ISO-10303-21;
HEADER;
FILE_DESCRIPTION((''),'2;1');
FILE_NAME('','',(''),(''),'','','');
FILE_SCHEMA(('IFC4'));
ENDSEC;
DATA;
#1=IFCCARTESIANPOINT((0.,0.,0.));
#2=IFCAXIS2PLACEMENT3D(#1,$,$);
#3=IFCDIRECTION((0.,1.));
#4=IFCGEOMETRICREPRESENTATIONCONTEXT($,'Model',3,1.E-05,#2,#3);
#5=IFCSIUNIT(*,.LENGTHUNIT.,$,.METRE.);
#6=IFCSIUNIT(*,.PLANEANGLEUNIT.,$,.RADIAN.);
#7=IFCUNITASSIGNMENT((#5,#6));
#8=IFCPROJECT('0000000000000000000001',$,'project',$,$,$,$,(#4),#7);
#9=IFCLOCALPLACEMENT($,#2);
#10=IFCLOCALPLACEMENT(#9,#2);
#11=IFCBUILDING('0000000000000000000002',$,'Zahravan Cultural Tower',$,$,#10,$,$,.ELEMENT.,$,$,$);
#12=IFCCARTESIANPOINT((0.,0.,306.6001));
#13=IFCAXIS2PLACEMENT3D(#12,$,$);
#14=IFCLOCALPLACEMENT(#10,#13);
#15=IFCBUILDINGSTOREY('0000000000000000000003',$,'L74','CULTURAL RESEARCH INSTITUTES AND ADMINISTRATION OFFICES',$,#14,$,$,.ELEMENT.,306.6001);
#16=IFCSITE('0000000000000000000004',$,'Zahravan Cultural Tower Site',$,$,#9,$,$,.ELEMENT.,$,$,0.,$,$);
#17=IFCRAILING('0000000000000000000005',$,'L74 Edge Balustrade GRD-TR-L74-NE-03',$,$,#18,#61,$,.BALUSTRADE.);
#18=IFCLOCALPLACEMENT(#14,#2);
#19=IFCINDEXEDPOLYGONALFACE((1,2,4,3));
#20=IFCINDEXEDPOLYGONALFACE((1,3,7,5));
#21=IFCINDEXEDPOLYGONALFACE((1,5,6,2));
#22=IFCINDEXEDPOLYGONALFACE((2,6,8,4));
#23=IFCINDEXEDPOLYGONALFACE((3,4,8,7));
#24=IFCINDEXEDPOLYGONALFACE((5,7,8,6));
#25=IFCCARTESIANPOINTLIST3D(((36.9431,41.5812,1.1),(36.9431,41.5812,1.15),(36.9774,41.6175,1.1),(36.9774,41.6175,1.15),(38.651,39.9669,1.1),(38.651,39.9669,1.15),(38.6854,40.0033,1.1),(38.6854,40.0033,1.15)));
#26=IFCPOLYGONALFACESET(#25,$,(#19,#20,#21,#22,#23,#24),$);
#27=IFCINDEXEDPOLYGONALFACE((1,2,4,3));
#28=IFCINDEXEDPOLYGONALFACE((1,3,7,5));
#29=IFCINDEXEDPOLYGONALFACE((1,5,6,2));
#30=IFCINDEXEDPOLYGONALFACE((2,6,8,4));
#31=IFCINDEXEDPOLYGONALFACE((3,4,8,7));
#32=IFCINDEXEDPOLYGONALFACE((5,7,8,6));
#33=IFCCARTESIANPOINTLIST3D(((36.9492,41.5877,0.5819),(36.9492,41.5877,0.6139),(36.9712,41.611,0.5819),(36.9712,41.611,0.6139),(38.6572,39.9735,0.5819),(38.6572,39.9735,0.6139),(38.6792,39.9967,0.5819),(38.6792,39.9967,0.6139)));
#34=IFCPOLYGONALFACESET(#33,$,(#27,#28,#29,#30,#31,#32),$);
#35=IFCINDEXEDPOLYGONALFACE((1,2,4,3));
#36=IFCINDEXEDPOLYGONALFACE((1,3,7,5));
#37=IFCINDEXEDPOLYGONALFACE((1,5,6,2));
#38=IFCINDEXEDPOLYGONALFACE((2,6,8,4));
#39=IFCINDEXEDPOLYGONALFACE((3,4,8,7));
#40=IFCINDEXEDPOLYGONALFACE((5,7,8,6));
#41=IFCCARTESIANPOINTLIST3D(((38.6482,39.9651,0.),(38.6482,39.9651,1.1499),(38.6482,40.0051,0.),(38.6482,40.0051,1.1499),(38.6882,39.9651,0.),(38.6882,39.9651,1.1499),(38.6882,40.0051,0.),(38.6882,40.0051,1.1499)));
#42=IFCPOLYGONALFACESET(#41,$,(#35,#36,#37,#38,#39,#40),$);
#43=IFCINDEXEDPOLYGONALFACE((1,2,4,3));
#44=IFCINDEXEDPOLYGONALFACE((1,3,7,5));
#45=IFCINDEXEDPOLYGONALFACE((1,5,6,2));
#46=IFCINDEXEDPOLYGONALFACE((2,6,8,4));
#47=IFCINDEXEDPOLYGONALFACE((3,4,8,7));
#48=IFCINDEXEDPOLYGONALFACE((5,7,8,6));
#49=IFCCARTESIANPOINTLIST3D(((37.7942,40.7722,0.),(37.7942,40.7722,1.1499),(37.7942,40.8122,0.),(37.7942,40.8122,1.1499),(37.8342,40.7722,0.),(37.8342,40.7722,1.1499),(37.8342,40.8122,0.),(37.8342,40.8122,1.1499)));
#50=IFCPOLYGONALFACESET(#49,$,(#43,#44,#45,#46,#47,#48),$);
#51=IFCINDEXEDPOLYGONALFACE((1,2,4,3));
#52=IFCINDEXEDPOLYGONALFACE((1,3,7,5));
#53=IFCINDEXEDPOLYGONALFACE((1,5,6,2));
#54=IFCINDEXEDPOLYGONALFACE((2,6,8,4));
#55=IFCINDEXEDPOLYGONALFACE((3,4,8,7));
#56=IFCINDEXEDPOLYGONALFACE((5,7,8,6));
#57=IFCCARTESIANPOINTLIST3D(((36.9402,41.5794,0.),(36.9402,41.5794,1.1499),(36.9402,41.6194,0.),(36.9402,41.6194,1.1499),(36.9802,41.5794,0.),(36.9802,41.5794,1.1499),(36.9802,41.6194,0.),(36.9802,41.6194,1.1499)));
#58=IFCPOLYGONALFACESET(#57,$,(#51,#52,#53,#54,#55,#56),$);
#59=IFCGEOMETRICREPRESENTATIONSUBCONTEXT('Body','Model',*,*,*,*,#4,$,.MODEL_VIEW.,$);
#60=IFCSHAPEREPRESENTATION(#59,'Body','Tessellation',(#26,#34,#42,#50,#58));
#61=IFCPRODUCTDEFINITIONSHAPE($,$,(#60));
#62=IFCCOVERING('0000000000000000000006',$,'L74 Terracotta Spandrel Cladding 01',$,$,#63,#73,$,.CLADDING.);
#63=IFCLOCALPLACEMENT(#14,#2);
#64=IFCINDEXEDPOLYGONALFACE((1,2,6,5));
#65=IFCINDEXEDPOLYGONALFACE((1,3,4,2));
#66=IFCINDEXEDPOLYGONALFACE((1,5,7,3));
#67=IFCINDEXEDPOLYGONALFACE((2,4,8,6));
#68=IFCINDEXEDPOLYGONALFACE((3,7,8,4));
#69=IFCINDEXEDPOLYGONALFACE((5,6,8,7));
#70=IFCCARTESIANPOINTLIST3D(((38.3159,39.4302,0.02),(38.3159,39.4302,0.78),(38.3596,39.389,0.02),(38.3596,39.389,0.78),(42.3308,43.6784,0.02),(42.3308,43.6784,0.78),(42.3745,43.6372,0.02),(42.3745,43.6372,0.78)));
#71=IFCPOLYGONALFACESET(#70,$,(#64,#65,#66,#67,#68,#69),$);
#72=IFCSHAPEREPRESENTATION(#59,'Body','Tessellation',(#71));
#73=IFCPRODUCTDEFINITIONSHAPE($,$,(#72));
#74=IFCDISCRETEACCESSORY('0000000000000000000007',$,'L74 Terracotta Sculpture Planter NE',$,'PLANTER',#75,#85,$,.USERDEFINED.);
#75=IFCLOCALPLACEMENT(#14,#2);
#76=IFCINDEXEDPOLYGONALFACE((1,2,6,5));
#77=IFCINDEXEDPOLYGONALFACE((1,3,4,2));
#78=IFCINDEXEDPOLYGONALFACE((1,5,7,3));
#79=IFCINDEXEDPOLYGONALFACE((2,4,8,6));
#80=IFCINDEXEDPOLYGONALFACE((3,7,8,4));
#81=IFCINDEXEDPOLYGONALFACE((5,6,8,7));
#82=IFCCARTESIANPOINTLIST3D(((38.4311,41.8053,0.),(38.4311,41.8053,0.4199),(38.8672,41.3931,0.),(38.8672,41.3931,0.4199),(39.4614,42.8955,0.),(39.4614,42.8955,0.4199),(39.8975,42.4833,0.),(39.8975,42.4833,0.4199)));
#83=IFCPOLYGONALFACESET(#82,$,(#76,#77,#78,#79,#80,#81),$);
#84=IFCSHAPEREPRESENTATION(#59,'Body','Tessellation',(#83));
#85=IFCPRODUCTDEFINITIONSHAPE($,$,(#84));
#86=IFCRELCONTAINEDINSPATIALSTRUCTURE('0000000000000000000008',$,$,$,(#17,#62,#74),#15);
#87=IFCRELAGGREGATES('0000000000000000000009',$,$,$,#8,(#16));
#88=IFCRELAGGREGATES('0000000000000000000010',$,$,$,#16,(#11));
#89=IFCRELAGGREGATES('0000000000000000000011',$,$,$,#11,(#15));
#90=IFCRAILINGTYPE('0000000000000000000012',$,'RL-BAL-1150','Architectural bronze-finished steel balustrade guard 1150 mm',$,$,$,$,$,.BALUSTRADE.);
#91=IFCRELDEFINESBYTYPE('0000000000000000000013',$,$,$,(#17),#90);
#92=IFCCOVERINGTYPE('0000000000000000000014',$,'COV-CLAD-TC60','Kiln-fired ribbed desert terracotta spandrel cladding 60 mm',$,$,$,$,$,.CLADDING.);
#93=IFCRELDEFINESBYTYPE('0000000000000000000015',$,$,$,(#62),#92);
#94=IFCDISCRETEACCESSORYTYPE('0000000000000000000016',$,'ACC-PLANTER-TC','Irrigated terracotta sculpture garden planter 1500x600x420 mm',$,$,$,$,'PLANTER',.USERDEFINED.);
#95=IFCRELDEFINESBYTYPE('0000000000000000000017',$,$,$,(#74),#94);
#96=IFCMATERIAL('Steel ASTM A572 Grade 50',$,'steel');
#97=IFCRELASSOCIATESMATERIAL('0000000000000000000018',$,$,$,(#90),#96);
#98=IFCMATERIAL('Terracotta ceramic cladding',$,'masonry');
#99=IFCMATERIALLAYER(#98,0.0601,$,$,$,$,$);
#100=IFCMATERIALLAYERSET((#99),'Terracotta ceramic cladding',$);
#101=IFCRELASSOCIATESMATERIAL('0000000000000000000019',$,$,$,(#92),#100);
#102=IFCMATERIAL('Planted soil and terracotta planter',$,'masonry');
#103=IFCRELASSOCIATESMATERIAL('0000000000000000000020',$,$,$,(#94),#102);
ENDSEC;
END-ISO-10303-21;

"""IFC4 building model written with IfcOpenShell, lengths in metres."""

from ifc_helpers import new_model, si_unit, direction, frame, origin, origin_2d, place, context, subcontext, project, spatial, rectangle, extrude, source, transform, mapped, material, layer, layer_set, type_object, element, save


model = new_model("IFC4")

# Units and contexts
model_context = context("Model", 3, precision=1e-05, world=origin(), true_north=direction((0.0, 1.0)))
body_context = subcontext(model_context, "Body", "Model", "MODEL_VIEW")
ifc_project = project(units=[si_unit("LENGTHUNIT", "METRE"), si_unit("PLANEANGLEUNIT", "RADIAN")], contexts=[model_context])

# Site, building, storey
site_placement = place(None, origin())
site = spatial("IfcSite", under=ifc_project, at=site_placement, Name="Zahravan Cultural Tower Site", CompositionType="ELEMENT", RefElevation=0.0)
building_placement = place(site_placement, origin())
building = spatial("IfcBuilding", under=site, at=building_placement, Name="Zahravan Cultural Tower", CompositionType="ELEMENT")
storey_placement = place(building_placement, frame((0.0, 0.0, 306.6001)))
storey = spatial("IfcBuildingStorey", under=building, at=storey_placement, Name="L74", Description="CULTURAL RESEARCH INSTITUTES AND ADMINISTRATION OFFICES", CompositionType="ELEMENT", Elevation=306.6001)

# Railing
ifc_material_1 = material(Name="Steel ASTM A572 Grade 50", Category="steel")
railing_type = type_object("IfcRailingType", Name="RL-BAL-1150", Description="Architectural bronze-finished steel balustrade guard 1150 mm", PredefinedType="BALUSTRADE", material=ifc_material_1)
railing_1_placement = place(storey_placement, frame((38.6682, 39.9851, 0.0)))
element("IfcRailing", 1, at=railing_1_placement, inside=storey, type_object=railing_type, Name="L74 Edge Balustrade GRD-TR-L74-NE-03", PredefinedType="BALUSTRADE", context=body_context, shape_type="SweptSolid", body=[
    extrude(rectangle(XDim=0.05, YDim=0.05, at=origin_2d()), frame((0.0, 0.0, 1.125), z_axis=(-0.726771, 0.68688, 0.0), x_axis=(-0.68688, -0.726771, 0.0)), (0.0, 0.0, 1.0), 2.3501),
    extrude(rectangle(XDim=0.032, YDim=0.032, at=origin_2d()), frame((0.0, 0.0, 0.5979), z_axis=(-0.726771, 0.68688, 0.0), x_axis=(-0.68688, -0.726771, 0.0)), (0.0, 0.0, 1.0), 2.3501),
    extrude(rectangle(XDim=0.04, YDim=0.04, at=origin_2d()), origin(), (0.0, 0.0, 1.0), 1.1499),
    extrude(rectangle(XDim=0.04, YDim=0.04, at=origin_2d()), frame((-0.854, 0.8071, 0.0)), (0.0, 0.0, 1.0), 1.1499),
    extrude(rectangle(XDim=0.04, YDim=0.04, at=origin_2d()), frame((-1.708, 1.6143, 0.0)), (0.0, 0.0, 1.0), 1.1499),
])

# Covering
ifc_material_2 = material(Name="Terracotta ceramic cladding", Category="masonry")
ifc_layer_1 = layer(ifc_material_2, 0.0601)
ifc_layer_set_1 = layer_set([ifc_layer_1], Name="Terracotta ceramic cladding")
covering_type = type_object("IfcCoveringType", Name="COV-CLAD-TC60", Description="Kiln-fired ribbed desert terracotta spandrel cladding 60 mm", PredefinedType="CLADDING", material=ifc_layer_set_1)
shared_shape_1 = source(origin(), body_context, "Body", "SweptSolid", [
    extrude(rectangle(XDim=5.8452, YDim=0.0601, at=origin_2d()), origin(), (0.0, 0.0, 1.0), 0.76),
])
covering_placement = place(storey_placement, frame((40.3452, 41.5337, 0.02), z_axis=(0.0, 0.0, 1.0), x_axis=(0.686872, 0.726779, 0.0)))
element("IfcCovering", 2, at=covering_placement, inside=storey, type_object=covering_type, Name="L74 Terracotta Spandrel Cladding 01", PredefinedType="CLADDING", context=body_context, shape_type="MappedRepresentation", body=[
    mapped(shared_shape_1, transform((0.0, 0.0, 0.0), x_axis=(1.0, 0.0, 0.0), y_axis=(0.0, 1.0, 0.0), z_axis=(0.0, 0.0, 1.0), scale=1.0)),
])

# Discrete accessory
ifc_material_3 = material(Name="Planted soil and terracotta planter", Category="masonry")
discrete_accessory_type = type_object("IfcDiscreteAccessoryType", Name="ACC-PLANTER-TC", Description="Irrigated terracotta sculpture garden planter 1500x600x420 mm", ElementType="PLANTER", PredefinedType="USERDEFINED", material=ifc_material_3)
shared_shape_2 = source(origin(), body_context, "Body", "SweptSolid", [
    extrude(rectangle(XDim=1.5, YDim=0.6001, at=origin_2d()), origin(), (0.0, 0.0, 1.0), 0.4199),
])
discrete_accessory_placement = place(storey_placement, frame((39.1643, 42.1443, 0.0), z_axis=(0.0, 0.0, 1.0), x_axis=(0.686876, 0.726775, 0.0)))
element("IfcDiscreteAccessory", 3, at=discrete_accessory_placement, inside=storey, type_object=discrete_accessory_type, Name="L74 Terracotta Sculpture Planter NE", ObjectType="PLANTER", PredefinedType="USERDEFINED", context=body_context, shape_type="MappedRepresentation", body=[
    mapped(shared_shape_2, transform((0.0, 0.0, 0.0), x_axis=(1.0, 0.0, 0.0), y_axis=(0.0, 1.0, 0.0), z_axis=(0.0, 0.0, 1.0), scale=1.0)),
])

save(model, "model.ifc")
